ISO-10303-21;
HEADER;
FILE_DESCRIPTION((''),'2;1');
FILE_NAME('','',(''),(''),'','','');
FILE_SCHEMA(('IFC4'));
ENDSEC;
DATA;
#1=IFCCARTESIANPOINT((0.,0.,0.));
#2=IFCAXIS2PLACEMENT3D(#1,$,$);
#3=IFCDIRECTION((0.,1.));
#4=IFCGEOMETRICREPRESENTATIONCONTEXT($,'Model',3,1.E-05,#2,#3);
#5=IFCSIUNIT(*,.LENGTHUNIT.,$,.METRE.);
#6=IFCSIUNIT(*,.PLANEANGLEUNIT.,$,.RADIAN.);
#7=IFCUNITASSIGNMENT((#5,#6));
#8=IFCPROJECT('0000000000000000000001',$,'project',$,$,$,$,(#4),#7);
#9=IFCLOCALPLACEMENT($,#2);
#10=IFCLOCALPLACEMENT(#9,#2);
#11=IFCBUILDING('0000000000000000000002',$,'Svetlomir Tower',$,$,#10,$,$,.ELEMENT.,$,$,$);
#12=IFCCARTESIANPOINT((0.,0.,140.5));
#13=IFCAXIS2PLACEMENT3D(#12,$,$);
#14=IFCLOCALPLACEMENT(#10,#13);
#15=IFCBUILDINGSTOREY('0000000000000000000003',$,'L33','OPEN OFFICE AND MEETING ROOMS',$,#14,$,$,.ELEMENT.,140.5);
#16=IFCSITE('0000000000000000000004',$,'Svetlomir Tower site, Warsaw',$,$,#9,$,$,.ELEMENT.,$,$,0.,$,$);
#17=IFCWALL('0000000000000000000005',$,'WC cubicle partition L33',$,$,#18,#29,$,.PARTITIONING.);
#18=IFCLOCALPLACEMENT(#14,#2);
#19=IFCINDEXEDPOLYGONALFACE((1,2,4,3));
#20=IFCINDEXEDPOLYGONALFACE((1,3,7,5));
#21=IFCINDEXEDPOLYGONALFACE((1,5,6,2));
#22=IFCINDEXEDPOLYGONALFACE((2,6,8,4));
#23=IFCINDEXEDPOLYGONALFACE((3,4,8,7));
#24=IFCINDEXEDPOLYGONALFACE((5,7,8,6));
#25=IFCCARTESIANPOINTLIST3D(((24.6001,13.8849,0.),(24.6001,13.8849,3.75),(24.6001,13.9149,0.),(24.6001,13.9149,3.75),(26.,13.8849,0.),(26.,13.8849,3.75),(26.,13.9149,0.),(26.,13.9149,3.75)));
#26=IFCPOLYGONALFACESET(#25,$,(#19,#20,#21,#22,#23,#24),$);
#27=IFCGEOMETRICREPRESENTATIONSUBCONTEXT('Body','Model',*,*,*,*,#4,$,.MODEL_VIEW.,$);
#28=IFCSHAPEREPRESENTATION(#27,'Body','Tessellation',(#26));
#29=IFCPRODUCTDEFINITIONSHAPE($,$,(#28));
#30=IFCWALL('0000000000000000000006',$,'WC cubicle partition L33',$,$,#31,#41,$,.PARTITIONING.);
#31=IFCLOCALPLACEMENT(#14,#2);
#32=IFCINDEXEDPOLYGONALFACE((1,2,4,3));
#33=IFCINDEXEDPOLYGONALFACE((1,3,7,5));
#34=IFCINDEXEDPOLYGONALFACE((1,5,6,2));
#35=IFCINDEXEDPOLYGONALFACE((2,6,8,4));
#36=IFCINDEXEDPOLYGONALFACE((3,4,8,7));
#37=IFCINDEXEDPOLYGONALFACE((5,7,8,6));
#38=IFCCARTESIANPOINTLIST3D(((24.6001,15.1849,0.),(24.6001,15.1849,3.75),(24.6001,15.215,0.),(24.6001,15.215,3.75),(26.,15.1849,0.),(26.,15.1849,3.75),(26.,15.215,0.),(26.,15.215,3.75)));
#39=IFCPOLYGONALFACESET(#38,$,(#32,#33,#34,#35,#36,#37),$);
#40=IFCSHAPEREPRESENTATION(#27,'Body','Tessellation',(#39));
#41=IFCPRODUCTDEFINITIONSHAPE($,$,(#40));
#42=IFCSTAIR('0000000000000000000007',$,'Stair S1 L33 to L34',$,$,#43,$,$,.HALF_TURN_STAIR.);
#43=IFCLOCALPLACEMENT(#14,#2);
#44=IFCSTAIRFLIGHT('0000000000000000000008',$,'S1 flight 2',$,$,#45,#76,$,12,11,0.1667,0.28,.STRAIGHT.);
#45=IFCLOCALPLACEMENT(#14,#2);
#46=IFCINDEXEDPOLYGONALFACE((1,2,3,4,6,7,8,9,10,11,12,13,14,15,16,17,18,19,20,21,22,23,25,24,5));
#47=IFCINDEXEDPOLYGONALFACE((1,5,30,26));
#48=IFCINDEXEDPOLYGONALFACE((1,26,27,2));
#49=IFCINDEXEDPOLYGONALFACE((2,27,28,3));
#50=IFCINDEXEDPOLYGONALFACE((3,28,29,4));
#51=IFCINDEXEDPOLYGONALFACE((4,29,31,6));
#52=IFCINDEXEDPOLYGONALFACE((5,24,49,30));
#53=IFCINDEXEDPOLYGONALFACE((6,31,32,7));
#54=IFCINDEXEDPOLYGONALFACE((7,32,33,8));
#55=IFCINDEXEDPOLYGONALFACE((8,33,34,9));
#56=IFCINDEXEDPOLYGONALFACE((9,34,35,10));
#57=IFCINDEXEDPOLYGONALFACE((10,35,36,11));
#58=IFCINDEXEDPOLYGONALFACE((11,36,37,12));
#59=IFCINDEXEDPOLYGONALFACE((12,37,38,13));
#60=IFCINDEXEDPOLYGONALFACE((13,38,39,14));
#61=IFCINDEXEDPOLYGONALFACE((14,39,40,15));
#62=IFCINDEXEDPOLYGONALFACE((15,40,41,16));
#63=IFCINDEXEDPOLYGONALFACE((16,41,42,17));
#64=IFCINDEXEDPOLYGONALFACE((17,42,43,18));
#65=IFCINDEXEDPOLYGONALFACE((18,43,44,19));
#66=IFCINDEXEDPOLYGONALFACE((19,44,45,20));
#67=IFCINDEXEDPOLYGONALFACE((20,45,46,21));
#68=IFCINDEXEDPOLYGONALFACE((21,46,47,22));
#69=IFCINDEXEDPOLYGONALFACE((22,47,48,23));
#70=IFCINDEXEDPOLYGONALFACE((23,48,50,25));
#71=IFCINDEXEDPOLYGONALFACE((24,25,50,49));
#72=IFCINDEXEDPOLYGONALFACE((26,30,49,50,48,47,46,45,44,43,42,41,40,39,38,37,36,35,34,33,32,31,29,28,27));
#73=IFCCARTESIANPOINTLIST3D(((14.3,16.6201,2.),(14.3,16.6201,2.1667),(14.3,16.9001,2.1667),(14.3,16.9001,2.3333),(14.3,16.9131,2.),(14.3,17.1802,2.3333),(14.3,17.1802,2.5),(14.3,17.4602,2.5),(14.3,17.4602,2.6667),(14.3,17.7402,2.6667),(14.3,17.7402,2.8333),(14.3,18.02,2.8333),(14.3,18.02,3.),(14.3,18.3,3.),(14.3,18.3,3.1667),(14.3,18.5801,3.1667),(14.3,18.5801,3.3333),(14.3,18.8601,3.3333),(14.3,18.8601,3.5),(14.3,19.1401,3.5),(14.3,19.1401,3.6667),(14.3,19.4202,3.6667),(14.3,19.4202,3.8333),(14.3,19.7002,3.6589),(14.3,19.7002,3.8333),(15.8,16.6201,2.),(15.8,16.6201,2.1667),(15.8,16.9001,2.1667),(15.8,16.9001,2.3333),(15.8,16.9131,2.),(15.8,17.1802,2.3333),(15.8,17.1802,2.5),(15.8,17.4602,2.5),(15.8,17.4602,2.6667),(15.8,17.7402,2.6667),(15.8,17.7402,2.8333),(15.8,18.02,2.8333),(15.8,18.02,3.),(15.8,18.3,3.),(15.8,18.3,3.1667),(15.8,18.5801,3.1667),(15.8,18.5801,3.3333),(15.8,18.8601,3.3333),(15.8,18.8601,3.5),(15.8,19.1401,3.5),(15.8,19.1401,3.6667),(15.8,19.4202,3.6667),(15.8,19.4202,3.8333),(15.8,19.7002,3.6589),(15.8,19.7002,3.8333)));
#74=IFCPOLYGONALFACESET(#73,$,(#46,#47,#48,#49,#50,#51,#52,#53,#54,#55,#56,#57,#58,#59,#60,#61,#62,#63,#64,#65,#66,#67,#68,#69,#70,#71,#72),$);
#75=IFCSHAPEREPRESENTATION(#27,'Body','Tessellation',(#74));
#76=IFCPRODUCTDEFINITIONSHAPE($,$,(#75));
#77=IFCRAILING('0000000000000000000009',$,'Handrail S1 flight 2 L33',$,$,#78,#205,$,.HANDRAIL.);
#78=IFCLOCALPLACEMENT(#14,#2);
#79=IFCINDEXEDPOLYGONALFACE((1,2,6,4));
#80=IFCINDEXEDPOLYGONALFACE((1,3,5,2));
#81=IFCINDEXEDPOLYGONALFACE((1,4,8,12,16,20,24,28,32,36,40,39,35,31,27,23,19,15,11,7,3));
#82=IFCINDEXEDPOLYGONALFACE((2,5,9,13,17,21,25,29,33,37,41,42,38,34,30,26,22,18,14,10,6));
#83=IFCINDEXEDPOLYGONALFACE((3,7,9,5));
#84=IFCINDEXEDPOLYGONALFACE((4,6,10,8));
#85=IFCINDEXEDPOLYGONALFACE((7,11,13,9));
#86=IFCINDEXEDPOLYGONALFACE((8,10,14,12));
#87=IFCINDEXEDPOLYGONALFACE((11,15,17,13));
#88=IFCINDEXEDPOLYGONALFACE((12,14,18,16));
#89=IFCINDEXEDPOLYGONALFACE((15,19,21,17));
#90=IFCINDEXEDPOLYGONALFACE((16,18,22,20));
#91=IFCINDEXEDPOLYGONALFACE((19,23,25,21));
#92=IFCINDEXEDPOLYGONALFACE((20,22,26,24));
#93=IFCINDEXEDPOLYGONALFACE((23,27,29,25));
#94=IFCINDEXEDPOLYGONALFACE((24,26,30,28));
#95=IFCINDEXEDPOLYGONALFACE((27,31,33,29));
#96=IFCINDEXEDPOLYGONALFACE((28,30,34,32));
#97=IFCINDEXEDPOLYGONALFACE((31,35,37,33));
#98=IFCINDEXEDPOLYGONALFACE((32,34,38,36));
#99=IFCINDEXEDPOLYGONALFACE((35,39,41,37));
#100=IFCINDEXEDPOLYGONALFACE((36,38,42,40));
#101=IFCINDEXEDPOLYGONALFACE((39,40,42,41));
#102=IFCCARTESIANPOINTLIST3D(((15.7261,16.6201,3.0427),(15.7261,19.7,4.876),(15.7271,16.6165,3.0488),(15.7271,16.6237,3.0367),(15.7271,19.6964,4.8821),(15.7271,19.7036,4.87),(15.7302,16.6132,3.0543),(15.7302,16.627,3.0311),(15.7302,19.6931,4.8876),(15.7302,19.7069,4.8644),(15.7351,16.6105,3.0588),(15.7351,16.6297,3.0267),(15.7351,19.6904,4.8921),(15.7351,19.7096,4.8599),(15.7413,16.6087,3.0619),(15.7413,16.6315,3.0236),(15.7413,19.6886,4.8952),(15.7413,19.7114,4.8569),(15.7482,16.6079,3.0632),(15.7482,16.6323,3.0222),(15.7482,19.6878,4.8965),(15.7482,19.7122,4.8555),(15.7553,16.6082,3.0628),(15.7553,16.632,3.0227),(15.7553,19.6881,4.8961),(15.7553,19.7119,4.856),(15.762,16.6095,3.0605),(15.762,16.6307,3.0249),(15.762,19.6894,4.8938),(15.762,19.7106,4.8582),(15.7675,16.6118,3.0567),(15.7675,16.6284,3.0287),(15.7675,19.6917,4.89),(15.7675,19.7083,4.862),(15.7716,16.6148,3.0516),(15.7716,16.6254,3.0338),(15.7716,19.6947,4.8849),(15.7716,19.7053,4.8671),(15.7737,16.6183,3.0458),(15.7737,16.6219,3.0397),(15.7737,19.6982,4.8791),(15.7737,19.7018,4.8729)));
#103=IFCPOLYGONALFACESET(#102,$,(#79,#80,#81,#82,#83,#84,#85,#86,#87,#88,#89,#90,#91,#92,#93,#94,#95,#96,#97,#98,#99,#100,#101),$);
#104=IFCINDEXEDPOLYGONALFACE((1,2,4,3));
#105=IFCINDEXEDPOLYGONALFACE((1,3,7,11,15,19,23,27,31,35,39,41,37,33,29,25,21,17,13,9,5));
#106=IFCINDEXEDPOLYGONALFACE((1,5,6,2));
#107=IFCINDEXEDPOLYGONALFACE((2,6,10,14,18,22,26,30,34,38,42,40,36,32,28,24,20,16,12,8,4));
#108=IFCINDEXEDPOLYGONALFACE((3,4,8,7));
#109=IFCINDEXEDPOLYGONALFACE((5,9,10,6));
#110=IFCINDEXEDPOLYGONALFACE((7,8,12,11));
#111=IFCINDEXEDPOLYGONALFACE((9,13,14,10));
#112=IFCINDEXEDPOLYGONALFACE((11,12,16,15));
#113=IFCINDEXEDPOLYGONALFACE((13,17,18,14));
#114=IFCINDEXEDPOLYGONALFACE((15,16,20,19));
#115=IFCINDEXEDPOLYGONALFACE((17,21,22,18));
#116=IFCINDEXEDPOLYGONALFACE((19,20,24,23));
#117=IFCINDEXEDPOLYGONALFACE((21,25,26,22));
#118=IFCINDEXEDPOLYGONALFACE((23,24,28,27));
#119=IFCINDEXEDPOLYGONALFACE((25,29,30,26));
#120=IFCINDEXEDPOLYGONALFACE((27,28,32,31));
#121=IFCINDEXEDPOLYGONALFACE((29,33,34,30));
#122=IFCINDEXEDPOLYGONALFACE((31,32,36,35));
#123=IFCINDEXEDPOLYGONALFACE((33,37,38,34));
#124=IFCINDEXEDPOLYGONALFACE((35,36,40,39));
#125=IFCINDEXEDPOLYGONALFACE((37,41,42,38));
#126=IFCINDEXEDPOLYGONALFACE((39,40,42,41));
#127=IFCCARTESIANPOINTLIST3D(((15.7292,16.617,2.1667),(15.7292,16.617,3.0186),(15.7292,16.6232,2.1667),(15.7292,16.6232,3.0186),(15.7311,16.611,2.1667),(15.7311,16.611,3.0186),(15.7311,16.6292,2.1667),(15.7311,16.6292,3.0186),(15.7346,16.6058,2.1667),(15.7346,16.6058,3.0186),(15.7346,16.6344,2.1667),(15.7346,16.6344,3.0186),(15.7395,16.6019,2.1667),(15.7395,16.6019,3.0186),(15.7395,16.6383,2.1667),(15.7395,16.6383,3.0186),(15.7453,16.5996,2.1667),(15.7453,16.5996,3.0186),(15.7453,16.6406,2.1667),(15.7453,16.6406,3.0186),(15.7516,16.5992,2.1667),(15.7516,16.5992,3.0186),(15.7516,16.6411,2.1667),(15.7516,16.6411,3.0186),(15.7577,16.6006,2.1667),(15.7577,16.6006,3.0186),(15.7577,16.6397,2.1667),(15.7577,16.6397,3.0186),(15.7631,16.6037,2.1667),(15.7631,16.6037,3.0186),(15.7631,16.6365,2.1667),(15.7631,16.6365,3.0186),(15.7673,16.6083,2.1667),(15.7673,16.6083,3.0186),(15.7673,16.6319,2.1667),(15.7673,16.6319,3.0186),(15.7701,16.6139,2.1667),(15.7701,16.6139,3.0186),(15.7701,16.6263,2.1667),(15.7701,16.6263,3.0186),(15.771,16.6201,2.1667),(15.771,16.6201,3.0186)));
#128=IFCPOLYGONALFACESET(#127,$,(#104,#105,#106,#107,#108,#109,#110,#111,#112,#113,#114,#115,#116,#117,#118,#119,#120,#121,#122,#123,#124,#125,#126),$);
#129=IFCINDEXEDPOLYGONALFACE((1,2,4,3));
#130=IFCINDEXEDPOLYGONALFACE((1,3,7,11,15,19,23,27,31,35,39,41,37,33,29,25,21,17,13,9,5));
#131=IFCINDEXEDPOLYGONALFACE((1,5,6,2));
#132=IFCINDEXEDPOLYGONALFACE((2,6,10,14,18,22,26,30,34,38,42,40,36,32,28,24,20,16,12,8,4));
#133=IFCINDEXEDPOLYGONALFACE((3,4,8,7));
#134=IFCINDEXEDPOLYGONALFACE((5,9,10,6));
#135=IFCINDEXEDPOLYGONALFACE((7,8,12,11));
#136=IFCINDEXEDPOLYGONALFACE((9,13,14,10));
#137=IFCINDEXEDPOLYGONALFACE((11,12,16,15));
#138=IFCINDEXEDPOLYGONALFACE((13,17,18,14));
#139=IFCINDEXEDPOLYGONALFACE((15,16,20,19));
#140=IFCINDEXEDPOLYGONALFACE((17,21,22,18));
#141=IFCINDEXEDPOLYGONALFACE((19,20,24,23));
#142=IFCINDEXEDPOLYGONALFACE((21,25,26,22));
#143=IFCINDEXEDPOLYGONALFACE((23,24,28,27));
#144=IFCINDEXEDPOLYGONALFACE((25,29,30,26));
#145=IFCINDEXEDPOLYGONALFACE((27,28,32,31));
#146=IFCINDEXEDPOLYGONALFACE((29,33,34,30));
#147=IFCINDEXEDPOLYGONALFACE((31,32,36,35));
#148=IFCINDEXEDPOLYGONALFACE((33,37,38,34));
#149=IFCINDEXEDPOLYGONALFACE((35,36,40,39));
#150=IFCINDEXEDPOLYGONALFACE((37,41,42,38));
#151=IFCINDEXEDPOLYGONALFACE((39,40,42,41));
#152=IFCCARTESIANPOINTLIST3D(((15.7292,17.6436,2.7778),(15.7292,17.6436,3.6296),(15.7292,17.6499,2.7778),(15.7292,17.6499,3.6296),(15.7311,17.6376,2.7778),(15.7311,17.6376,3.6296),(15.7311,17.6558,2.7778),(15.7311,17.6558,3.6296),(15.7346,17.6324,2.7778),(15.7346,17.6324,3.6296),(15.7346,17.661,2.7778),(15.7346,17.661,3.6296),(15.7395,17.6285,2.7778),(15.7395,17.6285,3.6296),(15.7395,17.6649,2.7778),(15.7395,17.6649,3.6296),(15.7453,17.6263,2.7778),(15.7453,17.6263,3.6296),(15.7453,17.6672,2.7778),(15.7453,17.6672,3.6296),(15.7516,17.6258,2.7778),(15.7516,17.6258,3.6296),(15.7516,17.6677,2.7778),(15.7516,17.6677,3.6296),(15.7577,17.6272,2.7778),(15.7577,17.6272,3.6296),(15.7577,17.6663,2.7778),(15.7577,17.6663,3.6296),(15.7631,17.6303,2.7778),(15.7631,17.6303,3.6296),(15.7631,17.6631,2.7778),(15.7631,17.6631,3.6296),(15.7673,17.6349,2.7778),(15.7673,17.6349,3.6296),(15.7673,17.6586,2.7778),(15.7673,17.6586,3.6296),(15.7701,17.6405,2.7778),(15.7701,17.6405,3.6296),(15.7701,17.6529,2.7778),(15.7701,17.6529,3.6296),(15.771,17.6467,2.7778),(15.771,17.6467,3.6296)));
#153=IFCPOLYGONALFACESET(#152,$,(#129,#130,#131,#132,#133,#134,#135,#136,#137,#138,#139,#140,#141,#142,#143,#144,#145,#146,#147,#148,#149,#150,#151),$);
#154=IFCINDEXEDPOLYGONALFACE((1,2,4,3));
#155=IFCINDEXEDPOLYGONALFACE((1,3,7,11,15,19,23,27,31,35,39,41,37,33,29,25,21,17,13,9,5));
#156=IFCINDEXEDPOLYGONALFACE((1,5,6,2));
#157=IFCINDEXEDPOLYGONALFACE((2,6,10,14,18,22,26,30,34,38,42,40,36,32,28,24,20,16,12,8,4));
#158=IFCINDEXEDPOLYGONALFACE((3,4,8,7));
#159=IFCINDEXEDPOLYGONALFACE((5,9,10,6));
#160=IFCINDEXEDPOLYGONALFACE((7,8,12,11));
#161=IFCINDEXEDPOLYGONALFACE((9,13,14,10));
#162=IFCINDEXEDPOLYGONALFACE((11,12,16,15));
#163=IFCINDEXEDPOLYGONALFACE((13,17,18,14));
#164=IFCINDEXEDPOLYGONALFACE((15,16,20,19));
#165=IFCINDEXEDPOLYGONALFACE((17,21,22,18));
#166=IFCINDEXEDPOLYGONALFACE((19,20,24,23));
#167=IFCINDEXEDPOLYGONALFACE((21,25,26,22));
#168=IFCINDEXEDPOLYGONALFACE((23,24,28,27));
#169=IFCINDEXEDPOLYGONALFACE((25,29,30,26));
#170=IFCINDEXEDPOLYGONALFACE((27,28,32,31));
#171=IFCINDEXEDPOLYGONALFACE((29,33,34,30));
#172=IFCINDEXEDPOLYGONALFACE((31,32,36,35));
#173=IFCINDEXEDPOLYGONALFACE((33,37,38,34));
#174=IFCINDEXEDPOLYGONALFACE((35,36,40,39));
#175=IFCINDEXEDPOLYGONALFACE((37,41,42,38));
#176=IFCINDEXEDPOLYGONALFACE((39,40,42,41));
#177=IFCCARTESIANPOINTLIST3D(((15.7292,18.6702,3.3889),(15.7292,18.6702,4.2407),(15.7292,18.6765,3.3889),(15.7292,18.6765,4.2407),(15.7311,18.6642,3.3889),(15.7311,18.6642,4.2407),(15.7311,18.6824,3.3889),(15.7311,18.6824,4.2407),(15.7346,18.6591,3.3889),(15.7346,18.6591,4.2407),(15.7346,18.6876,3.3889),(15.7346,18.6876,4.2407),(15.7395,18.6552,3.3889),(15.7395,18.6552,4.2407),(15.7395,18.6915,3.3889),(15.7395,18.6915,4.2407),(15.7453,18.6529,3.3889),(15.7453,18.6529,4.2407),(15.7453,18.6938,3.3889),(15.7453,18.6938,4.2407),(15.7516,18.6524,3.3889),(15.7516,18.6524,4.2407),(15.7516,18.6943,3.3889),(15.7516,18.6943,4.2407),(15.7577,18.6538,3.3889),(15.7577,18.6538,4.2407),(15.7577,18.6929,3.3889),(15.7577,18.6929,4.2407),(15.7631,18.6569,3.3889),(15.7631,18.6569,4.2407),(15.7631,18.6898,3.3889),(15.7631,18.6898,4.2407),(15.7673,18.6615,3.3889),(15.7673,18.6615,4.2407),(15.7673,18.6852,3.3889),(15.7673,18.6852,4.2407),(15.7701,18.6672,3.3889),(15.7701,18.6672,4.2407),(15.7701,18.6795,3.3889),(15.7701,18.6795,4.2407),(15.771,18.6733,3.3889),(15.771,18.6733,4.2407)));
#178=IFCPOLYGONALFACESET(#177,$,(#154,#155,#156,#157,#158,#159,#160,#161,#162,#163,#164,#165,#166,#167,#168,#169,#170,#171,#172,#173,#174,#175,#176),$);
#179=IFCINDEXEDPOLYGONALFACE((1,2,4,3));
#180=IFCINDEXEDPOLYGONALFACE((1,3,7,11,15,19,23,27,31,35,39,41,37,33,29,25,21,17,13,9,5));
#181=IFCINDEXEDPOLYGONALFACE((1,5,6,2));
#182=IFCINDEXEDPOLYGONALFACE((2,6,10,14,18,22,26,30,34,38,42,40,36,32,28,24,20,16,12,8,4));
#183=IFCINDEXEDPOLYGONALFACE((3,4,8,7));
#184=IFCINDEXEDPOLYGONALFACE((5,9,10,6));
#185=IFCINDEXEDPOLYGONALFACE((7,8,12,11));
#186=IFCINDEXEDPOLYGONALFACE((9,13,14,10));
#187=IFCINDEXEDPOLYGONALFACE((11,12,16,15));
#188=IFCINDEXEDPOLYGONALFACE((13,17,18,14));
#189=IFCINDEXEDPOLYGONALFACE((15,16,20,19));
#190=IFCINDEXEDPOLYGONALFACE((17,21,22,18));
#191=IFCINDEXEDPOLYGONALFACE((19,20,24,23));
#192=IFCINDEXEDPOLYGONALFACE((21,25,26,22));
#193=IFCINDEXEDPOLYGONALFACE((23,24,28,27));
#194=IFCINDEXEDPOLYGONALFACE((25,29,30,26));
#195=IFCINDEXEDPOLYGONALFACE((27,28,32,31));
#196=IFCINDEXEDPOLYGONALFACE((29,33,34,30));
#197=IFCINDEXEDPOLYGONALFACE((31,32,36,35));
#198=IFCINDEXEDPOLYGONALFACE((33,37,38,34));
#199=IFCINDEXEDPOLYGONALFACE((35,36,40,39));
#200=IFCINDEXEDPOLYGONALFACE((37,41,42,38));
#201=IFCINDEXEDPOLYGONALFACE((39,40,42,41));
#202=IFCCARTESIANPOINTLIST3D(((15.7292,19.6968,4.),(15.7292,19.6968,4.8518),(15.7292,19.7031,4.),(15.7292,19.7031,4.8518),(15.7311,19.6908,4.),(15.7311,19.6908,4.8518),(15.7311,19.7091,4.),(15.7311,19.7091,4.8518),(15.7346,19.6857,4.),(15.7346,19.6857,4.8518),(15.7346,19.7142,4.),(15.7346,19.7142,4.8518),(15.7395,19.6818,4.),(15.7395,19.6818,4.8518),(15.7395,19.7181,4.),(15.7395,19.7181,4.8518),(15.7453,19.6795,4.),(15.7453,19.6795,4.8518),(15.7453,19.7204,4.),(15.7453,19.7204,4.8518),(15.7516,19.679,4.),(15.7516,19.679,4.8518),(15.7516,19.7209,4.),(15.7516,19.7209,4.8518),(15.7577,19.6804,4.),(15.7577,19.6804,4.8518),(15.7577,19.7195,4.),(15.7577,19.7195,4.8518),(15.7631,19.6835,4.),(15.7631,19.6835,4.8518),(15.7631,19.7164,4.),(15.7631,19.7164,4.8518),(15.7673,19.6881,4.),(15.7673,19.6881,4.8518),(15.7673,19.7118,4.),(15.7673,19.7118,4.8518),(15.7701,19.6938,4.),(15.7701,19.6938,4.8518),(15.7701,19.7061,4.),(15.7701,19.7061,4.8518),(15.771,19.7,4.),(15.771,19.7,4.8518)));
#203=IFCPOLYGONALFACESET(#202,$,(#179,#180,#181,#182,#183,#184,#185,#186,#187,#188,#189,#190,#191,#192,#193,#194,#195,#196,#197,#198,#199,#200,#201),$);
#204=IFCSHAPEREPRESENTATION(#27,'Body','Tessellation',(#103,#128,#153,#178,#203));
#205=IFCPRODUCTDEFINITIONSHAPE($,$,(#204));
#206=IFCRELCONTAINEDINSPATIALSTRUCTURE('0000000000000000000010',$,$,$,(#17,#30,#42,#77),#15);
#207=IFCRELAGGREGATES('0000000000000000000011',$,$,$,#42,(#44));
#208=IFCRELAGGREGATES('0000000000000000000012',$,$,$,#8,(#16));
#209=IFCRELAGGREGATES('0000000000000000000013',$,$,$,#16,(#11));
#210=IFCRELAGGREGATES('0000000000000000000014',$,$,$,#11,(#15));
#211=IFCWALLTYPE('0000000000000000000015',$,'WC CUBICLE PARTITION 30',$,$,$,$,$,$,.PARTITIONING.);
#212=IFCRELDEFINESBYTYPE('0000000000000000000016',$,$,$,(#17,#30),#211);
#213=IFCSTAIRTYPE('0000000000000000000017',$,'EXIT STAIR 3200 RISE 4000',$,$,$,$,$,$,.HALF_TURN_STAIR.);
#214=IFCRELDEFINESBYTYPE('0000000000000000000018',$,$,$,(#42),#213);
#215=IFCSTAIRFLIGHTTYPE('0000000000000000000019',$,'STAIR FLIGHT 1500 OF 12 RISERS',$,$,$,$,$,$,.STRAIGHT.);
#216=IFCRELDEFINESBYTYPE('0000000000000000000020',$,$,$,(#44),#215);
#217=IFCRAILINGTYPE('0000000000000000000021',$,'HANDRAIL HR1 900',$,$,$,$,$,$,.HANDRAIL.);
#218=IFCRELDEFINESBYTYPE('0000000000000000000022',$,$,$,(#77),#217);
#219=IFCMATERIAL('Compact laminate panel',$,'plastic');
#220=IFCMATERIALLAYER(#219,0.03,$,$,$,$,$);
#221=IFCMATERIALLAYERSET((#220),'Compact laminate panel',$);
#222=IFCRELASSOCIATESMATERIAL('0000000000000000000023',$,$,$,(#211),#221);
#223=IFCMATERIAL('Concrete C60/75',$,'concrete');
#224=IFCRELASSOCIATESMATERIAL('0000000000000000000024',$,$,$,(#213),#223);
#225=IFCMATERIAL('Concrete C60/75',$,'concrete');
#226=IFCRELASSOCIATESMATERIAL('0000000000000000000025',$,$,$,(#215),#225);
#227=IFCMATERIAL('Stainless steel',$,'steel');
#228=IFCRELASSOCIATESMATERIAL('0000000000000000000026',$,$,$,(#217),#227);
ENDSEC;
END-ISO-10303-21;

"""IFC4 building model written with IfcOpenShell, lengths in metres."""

from ifc_helpers import new_model, si_unit, direction, frame, frame_2d, origin, origin_2d, place, context, subcontext, project, spatial, polyline, rectangle, circle, outline, extrude, material, layer, layer_set, type_object, element, aggregate, save


model = new_model("IFC4")

# Units and contexts
model_context = context("Model", 3, precision=1e-05, world=origin(), true_north=direction((0.0, 1.0)))
body_context = subcontext(model_context, "Body", "Model", "MODEL_VIEW")
ifc_project = project(units=[si_unit("LENGTHUNIT", "METRE"), si_unit("PLANEANGLEUNIT", "RADIAN")], contexts=[model_context])

# Site, building, storey
site_placement = place(None, origin())
site = spatial("IfcSite", under=ifc_project, at=site_placement, Name="Svetlomir Tower site, Warsaw", CompositionType="ELEMENT", RefElevation=0.0)
building_placement = place(site_placement, origin())
building = spatial("IfcBuilding", under=site, at=building_placement, Name="Svetlomir Tower", CompositionType="ELEMENT")
storey_placement = place(building_placement, frame((0.0, 0.0, 140.5)))
storey = spatial("IfcBuildingStorey", under=building, at=storey_placement, Name="L33", Description="OPEN OFFICE AND MEETING ROOMS", CompositionType="ELEMENT", Elevation=140.5)

# Walls
ifc_material_1 = material(Name="Compact laminate panel", Category="plastic")
ifc_layer_1 = layer(ifc_material_1, 0.03)
ifc_layer_set_1 = layer_set([ifc_layer_1], Name="Compact laminate panel")
wall_type_1 = type_object("IfcWallType", Name="WC CUBICLE PARTITION 30", PredefinedType="PARTITIONING", material=ifc_layer_set_1)
for number, where, z_axis, x_axis, name in (
    (1, (24.6001, 13.8999, 0.0), (0.0, 0.0, 1.0), (1.0, 0.0, 0.0), "WC cubicle partition L33"),
    (2, (24.6001, 15.2, 0.0), (0.0, 0.0, 1.0), (1.0, 0.0, 0.0), "WC cubicle partition L33"),
):
    element("IfcWall", number, at=place(storey_placement, frame(where, z_axis=z_axis, x_axis=x_axis)), inside=storey, type_object=wall_type_1, Name=name, PredefinedType="PARTITIONING", context=body_context, shape_type="SweptSolid", body=[
        extrude(rectangle(XDim=1.3999, YDim=0.03, at=frame_2d((0.7, 0.0))), origin(), (0.0, 0.0, 1.0), 3.75),
    ])

# Stair, stair flight
ifc_material_2 = material(Name="Concrete C60/75", Category="concrete")
stair_type = type_object("IfcStairType", Name="EXIT STAIR 3200 RISE 4000", PredefinedType="HALF_TURN_STAIR", material=ifc_material_2)
stair_placement = place(storey_placement, origin())
stair = element("IfcStair", 3, at=stair_placement, inside=storey, type_object=stair_type, Name="Stair S1 L33 to L34", PredefinedType="HALF_TURN_STAIR")
ifc_material_3 = material(Name="Concrete C60/75", Category="concrete")
stair_flight_type = type_object("IfcStairFlightType", Name="STAIR FLIGHT 1500 OF 12 RISERS", PredefinedType="STRAIGHT", material=ifc_material_3)
stair_flight_placement = place(storey_placement, frame((15.05, 16.6201, 2.0), z_axis=(0.0, 0.0, 1.0), x_axis=(0.0, 1.0, 0.0)))
stair_flight = element("IfcStairFlight", 4, at=stair_flight_placement, type_object=stair_flight_type, Name="S1 flight 2", NumberOfRisers=12, NumberOfTreads=11, PredefinedType="STRAIGHT", RiserHeight=0.1667, TreadLength=0.28, context=body_context, shape_type="SweptSolid", body=[
    extrude(outline(polyline([(0.0, 0.0), (0.0, 0.1667), (0.28, 0.1667), (0.28, 0.3333), (0.5601, 0.3333), (0.5601, 0.5), (0.8401, 0.5), (0.8401, 0.6667), (1.1201, 0.6667), (1.1201, 0.8333), (1.3999, 0.8333), (1.3999, 1.0), (1.6799, 1.0), (1.6799, 1.1667), (1.96, 1.1667), (1.96, 1.3333), (2.24, 1.3333), (2.24, 1.5), (2.52, 1.5), (2.52, 1.6667), (2.8, 1.6667), (2.8, 1.8333), (3.0801, 1.8333), (3.0801, 2.0), (3.0801, 1.6589), (0.293, 0.0), (0.0, 0.0)])), frame((0.0, 0.75, 0.0), z_axis=(0.0, -1.0, 0.0), x_axis=(1.0, 0.0, 0.0)), (0.0, 0.0, 1.0), 1.5),
])
aggregate(stair, [stair_flight])

# Railing
ifc_material_4 = material(Name="Stainless steel", Category="steel")
railing_type = type_object("IfcRailingType", Name="HANDRAIL HR1 900", PredefinedType="HANDRAIL", material=ifc_material_4)
railing_placement = place(storey_placement, frame((15.75, 16.6201, 2.1667)))
element("IfcRailing", 5, at=railing_placement, inside=storey, type_object=railing_type, Name="Handrail S1 flight 2 L33", PredefinedType="HANDRAIL", context=body_context, shape_type="SweptSolid", body=[
    extrude(circle(Radius=0.0239, at=origin_2d()), frame((0.0, 0.0, 0.876), z_axis=(0.0, 0.859291, 0.511487), x_axis=(-1.0, 0.0, 0.0)), (0.0, 0.0, 1.0), 3.5842),
    extrude(circle(Radius=0.021, at=origin_2d()), origin(), (0.0, 0.0, 1.0), 0.8518),
    extrude(circle(Radius=0.021, at=origin_2d()), frame((0.0, 1.0266, 0.6111)), (0.0, 0.0, 1.0), 0.8518),
    extrude(circle(Radius=0.021, at=origin_2d()), frame((0.0, 2.0532, 1.2222)), (0.0, 0.0, 1.0), 0.8518),
    extrude(circle(Radius=0.021, at=origin_2d()), frame((0.0, 3.0798, 1.8333)), (0.0, 0.0, 1.0), 0.8518),
])

save(model, "model.ifc")
